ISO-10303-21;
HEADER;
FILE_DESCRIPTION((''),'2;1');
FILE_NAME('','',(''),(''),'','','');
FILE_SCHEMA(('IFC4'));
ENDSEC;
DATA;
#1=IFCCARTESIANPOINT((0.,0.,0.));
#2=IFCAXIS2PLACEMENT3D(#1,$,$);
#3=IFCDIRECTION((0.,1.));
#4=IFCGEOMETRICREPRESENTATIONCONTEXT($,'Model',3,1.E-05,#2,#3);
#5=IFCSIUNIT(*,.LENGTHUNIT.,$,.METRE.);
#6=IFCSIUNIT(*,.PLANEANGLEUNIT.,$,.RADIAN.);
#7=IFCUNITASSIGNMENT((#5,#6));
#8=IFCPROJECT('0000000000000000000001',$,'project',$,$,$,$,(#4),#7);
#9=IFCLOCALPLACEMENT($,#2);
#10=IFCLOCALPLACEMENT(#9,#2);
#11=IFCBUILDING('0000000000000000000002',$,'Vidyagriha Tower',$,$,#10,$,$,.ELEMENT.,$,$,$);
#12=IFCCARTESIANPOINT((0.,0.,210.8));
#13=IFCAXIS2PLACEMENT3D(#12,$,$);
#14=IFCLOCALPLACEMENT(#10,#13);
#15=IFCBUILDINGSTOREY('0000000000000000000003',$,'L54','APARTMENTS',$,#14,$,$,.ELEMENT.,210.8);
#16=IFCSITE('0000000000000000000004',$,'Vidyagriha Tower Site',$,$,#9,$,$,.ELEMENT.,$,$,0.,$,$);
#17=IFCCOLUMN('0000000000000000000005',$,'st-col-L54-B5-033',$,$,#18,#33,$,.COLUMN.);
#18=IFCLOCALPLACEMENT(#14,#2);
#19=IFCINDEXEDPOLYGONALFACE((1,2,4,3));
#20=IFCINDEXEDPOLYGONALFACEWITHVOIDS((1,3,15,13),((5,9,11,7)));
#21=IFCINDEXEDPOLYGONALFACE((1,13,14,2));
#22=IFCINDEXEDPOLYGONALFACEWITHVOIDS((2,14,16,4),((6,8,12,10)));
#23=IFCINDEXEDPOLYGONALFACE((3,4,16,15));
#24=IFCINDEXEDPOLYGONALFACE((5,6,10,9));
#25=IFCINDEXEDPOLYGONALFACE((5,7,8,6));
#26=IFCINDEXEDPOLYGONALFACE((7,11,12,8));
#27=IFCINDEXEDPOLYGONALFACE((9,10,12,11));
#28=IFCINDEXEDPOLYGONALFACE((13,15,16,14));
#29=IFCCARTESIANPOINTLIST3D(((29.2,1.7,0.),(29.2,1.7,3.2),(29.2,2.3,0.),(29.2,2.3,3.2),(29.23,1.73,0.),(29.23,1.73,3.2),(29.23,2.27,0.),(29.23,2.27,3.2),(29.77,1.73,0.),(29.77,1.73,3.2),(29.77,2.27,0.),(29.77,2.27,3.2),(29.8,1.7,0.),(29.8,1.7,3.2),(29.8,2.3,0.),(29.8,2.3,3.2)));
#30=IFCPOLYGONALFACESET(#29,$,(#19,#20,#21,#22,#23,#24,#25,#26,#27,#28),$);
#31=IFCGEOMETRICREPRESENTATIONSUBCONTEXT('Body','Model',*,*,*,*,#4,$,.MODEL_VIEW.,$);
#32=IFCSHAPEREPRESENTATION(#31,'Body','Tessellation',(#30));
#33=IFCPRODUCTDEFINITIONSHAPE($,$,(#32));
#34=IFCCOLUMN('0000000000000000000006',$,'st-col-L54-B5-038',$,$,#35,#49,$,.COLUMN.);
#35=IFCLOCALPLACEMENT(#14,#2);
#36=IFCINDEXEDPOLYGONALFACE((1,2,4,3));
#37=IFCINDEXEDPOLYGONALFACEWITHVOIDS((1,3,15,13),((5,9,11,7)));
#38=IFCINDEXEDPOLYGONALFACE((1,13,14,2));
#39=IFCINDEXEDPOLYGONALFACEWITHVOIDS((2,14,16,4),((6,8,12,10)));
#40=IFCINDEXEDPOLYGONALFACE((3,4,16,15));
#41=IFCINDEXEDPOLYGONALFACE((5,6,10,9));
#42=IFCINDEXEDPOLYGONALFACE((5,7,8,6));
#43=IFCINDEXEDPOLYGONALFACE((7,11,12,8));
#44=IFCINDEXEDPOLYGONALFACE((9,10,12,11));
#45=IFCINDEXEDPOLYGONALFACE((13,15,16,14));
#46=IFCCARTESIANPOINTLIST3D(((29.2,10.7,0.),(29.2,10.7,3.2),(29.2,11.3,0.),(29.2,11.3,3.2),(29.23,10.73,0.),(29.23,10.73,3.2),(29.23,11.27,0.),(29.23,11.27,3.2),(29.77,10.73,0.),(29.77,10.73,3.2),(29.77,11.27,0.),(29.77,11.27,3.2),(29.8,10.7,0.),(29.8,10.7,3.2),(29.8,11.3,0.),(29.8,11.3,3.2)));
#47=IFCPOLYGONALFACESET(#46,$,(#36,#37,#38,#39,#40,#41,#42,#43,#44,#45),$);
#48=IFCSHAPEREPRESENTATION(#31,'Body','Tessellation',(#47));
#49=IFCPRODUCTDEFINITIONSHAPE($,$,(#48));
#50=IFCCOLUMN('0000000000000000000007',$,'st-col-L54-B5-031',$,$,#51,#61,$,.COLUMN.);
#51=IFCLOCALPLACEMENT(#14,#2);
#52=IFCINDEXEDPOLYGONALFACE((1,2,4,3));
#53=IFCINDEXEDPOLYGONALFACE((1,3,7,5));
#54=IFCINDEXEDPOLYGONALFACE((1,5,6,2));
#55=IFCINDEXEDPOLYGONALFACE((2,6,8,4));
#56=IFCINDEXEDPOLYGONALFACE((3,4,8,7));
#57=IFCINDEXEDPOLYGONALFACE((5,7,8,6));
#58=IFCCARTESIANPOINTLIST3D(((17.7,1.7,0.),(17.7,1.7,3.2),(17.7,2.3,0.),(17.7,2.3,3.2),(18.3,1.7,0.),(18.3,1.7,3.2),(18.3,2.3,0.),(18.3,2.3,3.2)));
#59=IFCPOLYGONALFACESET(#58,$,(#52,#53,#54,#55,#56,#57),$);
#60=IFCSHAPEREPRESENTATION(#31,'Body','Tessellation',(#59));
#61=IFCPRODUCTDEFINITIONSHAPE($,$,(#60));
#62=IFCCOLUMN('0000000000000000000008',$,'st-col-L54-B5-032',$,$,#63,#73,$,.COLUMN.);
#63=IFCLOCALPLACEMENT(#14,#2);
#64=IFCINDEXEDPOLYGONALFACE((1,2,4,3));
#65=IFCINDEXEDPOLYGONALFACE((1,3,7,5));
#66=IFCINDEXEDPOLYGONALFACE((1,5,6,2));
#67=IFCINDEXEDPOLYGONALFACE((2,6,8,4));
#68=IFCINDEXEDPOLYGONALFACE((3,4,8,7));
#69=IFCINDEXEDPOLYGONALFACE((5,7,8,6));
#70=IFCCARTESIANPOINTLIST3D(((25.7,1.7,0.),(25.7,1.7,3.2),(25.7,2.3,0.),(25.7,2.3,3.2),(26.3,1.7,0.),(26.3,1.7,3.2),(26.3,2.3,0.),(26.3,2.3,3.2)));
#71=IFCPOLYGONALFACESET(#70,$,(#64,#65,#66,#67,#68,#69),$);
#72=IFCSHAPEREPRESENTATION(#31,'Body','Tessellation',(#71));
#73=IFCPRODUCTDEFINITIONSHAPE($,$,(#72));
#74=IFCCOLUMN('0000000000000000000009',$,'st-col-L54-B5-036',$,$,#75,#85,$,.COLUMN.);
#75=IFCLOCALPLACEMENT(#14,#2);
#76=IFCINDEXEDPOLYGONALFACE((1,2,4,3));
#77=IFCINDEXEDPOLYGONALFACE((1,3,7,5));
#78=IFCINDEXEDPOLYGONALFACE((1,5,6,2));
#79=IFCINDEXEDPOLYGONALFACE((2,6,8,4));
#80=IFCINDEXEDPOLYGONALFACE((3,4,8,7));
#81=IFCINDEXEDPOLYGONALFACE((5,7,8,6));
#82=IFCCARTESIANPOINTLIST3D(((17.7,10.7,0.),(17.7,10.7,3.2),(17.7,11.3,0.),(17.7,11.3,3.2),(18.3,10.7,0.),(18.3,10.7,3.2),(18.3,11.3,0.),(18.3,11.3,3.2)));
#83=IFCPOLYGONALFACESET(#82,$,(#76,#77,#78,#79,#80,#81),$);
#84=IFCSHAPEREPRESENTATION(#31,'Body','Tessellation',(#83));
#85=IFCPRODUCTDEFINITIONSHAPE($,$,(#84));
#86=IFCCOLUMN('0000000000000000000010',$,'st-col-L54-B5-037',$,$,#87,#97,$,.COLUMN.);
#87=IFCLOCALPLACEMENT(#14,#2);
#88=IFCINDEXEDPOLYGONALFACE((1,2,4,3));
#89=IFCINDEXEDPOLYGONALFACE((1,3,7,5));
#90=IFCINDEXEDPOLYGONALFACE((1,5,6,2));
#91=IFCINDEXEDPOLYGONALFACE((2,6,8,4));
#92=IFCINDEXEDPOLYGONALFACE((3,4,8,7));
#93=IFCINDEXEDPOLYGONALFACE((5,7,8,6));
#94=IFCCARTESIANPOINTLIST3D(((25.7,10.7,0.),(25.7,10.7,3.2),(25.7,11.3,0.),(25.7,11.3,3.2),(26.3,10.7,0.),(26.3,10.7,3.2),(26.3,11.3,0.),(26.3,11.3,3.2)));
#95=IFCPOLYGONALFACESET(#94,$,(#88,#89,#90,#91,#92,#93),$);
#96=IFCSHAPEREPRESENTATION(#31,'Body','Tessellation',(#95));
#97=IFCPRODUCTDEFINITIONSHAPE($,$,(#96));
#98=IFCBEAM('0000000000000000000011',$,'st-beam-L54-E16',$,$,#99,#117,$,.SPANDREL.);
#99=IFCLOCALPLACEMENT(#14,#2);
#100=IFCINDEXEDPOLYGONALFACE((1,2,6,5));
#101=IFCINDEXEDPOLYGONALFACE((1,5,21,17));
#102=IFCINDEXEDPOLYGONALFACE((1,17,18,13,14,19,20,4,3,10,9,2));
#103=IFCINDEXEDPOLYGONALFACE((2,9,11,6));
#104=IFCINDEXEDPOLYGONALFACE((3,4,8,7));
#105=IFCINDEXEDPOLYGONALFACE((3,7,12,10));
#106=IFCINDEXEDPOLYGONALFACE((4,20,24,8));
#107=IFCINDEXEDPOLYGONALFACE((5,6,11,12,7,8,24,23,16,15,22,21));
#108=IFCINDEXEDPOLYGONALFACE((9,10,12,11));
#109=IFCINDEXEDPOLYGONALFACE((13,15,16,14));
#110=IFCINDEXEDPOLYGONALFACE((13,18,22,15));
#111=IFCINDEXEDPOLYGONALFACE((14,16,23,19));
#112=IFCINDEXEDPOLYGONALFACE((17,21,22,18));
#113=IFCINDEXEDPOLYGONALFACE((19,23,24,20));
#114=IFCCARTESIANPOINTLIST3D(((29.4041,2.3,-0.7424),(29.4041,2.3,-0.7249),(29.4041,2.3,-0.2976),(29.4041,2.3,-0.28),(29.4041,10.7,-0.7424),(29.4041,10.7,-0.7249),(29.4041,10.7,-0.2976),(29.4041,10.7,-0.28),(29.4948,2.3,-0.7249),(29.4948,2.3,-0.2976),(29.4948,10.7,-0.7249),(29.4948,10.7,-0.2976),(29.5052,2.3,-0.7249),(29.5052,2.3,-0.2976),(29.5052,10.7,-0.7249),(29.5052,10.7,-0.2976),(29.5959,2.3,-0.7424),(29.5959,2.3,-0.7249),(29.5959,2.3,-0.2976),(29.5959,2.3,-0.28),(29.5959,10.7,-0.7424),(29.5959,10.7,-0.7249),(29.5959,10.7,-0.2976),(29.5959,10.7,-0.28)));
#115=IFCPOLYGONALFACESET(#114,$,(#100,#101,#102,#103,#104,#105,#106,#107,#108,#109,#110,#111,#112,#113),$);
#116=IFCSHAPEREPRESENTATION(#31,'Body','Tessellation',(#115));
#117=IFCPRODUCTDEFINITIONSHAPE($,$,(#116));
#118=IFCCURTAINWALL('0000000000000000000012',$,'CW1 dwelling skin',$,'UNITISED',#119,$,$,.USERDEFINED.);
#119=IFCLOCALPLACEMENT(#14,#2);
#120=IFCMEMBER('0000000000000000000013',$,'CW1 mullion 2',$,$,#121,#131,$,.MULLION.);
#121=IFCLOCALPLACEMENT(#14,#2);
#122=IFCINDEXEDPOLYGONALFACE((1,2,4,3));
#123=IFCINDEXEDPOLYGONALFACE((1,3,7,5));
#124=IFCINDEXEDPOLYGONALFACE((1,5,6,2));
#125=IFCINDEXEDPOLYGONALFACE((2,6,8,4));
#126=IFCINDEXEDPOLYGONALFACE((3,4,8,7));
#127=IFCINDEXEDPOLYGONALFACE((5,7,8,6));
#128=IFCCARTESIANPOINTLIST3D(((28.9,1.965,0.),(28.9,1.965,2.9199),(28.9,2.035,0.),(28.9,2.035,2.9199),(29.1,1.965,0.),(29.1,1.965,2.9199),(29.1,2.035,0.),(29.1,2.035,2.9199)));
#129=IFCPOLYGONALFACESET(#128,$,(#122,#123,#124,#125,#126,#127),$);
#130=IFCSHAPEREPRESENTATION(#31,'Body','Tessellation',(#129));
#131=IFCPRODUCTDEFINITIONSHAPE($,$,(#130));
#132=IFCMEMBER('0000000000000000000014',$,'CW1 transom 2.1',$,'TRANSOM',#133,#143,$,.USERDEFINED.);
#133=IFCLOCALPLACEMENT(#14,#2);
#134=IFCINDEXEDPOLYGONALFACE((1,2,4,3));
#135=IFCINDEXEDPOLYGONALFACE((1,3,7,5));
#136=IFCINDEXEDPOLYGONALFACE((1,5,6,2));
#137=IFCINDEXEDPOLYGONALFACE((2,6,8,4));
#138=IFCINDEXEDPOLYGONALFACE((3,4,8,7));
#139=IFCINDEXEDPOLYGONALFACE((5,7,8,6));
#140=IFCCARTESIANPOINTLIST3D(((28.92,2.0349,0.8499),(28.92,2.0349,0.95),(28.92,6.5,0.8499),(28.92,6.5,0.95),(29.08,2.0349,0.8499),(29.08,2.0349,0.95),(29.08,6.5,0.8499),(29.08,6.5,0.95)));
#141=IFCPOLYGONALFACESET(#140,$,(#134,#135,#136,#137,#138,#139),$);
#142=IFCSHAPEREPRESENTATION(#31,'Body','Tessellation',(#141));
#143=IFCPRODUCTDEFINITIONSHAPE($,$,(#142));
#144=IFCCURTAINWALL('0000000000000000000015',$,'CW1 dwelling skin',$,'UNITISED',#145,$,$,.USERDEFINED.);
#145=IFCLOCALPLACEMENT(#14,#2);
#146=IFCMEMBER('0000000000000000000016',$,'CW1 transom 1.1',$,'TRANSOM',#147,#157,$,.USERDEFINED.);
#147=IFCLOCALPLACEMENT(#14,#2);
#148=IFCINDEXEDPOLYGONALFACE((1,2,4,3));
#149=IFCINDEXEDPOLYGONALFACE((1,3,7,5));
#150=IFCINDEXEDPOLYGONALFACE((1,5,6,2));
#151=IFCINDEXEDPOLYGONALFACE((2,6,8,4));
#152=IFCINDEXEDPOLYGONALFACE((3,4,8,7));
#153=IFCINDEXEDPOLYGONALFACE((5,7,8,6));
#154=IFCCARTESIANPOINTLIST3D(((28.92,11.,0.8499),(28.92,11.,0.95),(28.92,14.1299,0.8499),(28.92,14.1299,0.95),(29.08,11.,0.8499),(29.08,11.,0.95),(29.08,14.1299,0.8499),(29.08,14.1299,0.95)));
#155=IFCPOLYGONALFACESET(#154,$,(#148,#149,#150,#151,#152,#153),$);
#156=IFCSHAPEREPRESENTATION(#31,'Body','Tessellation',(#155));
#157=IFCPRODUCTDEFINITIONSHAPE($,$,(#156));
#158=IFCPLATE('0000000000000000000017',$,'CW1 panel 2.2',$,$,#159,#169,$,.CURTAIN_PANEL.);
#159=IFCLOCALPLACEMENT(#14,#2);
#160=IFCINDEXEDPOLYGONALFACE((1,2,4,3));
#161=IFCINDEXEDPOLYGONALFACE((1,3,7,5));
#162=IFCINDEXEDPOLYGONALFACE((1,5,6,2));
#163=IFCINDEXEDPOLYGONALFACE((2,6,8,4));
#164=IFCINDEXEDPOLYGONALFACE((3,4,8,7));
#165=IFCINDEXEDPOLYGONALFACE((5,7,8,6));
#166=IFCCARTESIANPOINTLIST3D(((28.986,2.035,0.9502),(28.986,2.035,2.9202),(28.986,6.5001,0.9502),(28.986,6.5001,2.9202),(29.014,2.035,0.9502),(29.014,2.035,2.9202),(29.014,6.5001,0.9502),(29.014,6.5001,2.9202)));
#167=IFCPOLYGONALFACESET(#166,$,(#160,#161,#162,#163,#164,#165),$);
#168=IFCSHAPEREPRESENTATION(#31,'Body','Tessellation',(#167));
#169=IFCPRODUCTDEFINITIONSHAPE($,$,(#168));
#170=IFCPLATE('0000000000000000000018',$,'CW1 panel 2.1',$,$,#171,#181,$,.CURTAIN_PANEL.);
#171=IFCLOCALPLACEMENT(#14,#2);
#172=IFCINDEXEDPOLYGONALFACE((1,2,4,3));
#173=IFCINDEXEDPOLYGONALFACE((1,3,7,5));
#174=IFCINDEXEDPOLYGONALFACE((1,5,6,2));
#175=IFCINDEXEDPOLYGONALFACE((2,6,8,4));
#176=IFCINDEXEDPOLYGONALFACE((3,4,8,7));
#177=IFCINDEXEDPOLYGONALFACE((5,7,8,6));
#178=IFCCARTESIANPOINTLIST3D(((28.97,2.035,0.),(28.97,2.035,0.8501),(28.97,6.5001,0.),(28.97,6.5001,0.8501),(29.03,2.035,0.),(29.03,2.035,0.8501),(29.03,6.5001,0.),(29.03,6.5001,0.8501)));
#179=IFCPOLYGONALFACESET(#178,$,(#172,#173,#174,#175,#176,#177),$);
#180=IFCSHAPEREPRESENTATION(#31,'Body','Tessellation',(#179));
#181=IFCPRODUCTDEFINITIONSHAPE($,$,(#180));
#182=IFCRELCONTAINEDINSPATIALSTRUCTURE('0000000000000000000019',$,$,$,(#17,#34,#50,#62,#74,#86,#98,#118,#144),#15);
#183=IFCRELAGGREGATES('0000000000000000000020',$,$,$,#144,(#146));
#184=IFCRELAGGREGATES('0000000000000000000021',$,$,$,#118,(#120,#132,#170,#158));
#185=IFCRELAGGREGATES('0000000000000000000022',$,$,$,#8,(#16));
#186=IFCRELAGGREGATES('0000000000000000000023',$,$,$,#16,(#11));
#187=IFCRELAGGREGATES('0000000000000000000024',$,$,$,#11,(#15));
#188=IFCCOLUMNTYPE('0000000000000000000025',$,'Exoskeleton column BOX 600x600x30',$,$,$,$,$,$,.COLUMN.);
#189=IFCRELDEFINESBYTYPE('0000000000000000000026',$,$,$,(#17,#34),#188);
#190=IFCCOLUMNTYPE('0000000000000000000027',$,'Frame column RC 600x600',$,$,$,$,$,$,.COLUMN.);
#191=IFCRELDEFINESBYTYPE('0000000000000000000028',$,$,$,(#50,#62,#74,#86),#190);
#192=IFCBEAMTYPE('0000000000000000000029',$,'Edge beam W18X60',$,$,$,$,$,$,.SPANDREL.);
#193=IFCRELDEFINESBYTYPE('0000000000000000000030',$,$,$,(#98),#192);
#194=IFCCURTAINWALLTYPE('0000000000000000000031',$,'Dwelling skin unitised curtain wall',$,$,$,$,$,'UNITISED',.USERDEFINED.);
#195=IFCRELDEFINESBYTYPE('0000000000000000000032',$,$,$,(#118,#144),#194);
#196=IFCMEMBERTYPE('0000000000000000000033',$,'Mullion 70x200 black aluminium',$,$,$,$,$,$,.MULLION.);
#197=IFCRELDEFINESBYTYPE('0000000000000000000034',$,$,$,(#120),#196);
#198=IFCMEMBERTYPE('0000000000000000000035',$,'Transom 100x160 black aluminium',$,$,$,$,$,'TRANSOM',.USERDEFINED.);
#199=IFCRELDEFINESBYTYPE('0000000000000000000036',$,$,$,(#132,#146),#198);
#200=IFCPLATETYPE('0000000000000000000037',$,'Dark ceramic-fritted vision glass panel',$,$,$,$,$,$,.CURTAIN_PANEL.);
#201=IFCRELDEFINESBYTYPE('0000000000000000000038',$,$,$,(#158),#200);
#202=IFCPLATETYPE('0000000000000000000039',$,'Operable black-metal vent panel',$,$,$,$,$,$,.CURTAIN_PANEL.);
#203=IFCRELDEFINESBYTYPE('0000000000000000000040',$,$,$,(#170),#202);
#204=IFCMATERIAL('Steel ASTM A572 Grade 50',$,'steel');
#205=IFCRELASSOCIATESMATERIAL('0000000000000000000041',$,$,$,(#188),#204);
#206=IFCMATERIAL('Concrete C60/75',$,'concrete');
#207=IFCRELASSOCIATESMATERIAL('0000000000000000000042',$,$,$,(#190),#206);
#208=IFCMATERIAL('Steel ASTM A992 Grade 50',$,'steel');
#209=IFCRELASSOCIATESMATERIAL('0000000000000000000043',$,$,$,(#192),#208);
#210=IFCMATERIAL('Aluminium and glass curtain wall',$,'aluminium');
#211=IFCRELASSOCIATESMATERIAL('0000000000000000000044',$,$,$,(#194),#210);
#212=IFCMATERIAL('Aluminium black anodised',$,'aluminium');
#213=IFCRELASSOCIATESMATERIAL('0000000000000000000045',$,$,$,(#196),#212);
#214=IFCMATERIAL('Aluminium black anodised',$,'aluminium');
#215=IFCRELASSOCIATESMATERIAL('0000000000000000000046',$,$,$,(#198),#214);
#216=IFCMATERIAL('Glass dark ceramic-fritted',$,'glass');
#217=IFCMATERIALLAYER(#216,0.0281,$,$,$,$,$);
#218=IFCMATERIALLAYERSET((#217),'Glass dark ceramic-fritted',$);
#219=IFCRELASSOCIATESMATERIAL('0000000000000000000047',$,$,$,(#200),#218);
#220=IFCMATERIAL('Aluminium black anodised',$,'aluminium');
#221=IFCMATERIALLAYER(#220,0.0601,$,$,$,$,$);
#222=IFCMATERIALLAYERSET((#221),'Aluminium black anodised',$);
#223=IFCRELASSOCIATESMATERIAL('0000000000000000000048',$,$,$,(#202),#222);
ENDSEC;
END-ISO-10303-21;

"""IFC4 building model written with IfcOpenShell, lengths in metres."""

from ifc_helpers import new_model, si_unit, direction, frame, origin, origin_2d, place, context, subcontext, project, spatial, rectangle, hollow_rectangle, i_section, extrude, material, layer, layer_set, material_profile, profile_set, type_object, element, aggregate, save


model = new_model("IFC4")

# Units and contexts
model_context = context("Model", 3, precision=1e-05, world=origin(), true_north=direction((0.0, 1.0)))
body_context = subcontext(model_context, "Body", "Model", "MODEL_VIEW")
ifc_project = project(units=[si_unit("LENGTHUNIT", "METRE"), si_unit("PLANEANGLEUNIT", "RADIAN")], contexts=[model_context])

# Site, building, storey
site_placement = place(None, origin())
site = spatial("IfcSite", under=ifc_project, at=site_placement, Name="Vidyagriha Tower Site", CompositionType="ELEMENT", RefElevation=0.0)
building_placement = place(site_placement, origin())
building = spatial("IfcBuilding", under=site, at=building_placement, Name="Vidyagriha Tower", CompositionType="ELEMENT")
storey_placement = place(building_placement, frame((0.0, 0.0, 210.8)))
storey = spatial("IfcBuildingStorey", under=building, at=storey_placement, Name="L54", Description="APARTMENTS", CompositionType="ELEMENT", Elevation=210.8)

# Columns
ifc_material_1 = material(Name="Steel ASTM A572 Grade 50", Category="steel")
ifc_material_profile_1 = material_profile(ifc_material_1, hollow_rectangle(XDim=0.6001, YDim=0.6001, WallThickness=0.03, at=origin_2d()), Name="BOX 600x600x30")
ifc_profile_set_1 = profile_set([ifc_material_profile_1], Name="Steel ASTM A572 Grade 50")
column_type_1 = type_object("IfcColumnType", Name="Exoskeleton column BOX 600x600x30", PredefinedType="COLUMN", material=ifc_profile_set_1)
for number, where, name in (
    (1, (29.5, 2.0, 0.0), "st-col-L54-B5-033"),
    (2, (29.5, 11.0, 0.0), "st-col-L54-B5-038"),
):
    element("IfcColumn", number, at=place(storey_placement, frame(where)), inside=storey, type_object=column_type_1, Name=name, PredefinedType="COLUMN", context=body_context, shape_type="SweptSolid", body=[
        extrude(hollow_rectangle(XDim=0.6001, YDim=0.6001, WallThickness=0.03, at=origin_2d()), origin(), (0.0, 0.0, 1.0), 3.2),
    ])
ifc_material_2 = material(Name="Concrete C60/75", Category="concrete")
ifc_material_profile_2 = material_profile(ifc_material_2, rectangle(XDim=0.6001, YDim=0.6001, at=origin_2d()), Name="RC 600x600")
ifc_profile_set_2 = profile_set([ifc_material_profile_2], Name="Concrete C60/75")
column_type_2 = type_object("IfcColumnType", Name="Frame column RC 600x600", PredefinedType="COLUMN", material=ifc_profile_set_2)
for number, where, name in (
    (3, (18.0, 2.0, 0.0), "st-col-L54-B5-031"),
    (4, (26.0, 2.0, 0.0), "st-col-L54-B5-032"),
    (5, (18.0, 11.0, 0.0), "st-col-L54-B5-036"),
    (6, (26.0, 11.0, 0.0), "st-col-L54-B5-037"),
):
    element("IfcColumn", number, at=place(storey_placement, frame(where)), inside=storey, type_object=column_type_2, Name=name, PredefinedType="COLUMN", context=body_context, shape_type="SweptSolid", body=[
        extrude(rectangle(XDim=0.6001, YDim=0.6001, at=origin_2d()), origin(), (0.0, 0.0, 1.0), 3.2),
    ])

# Beam
ifc_material_3 = material(Name="Steel ASTM A992 Grade 50", Category="steel")
ifc_material_profile_3 = material_profile(ifc_material_3, i_section(OverallWidth=0.1919, OverallDepth=0.4624, WebThickness=0.0105, FlangeThickness=0.0176, at=origin_2d()), Name="W18X60")
ifc_profile_set_3 = profile_set([ifc_material_profile_3], Name="Steel ASTM A992 Grade 50")
beam_type = type_object("IfcBeamType", Name="Edge beam W18X60", PredefinedType="SPANDREL", material=ifc_profile_set_3)
beam_placement = place(storey_placement, frame((29.5, 2.3, -0.5112), z_axis=(0.0, 1.0, 0.0), x_axis=(-1.0, 0.0, 0.0)))
element("IfcBeam", 7, at=beam_placement, inside=storey, type_object=beam_type, Name="st-beam-L54-E16", PredefinedType="SPANDREL", context=body_context, shape_type="SweptSolid", body=[
    extrude(i_section(OverallWidth=0.1919, OverallDepth=0.4624, WebThickness=0.0105, FlangeThickness=0.0176, at=origin_2d()), origin(), (0.0, 0.0, 1.0), 8.3999),
])

# Curtain wall, members
ifc_material_4 = material(Name="Aluminium and glass curtain wall", Category="aluminium")
curtain_wall_type = type_object("IfcCurtainWallType", Name="Dwelling skin unitised curtain wall", ElementType="UNITISED", PredefinedType="USERDEFINED", material=ifc_material_4)
curtain_wall_1_placement = place(storey_placement, origin())
curtain_wall_1 = element("IfcCurtainWall", 8, at=curtain_wall_1_placement, inside=storey, type_object=curtain_wall_type, Name="CW1 dwelling skin", ObjectType="UNITISED", PredefinedType="USERDEFINED")
ifc_material_5 = material(Name="Aluminium black anodised", Category="aluminium")
ifc_material_profile_4 = material_profile(ifc_material_5, rectangle(XDim=0.2, YDim=0.0701, at=origin_2d()), Name="Mullion 70x200 black aluminium")
ifc_profile_set_4 = profile_set([ifc_material_profile_4], Name="Aluminium black anodised")
member_type_1 = type_object("IfcMemberType", Name="Mullion 70x200 black aluminium", PredefinedType="MULLION", material=ifc_profile_set_4)
member_1_placement = place(storey_placement, frame((29.0, 2.0, 0.0), z_axis=(0.0, 0.0, 1.0), x_axis=(-1.0, 0.0, 0.0)))
member_1 = element("IfcMember", 9, at=member_1_placement, type_object=member_type_1, Name="CW1 mullion 2", PredefinedType="MULLION", context=body_context, shape_type="SweptSolid", body=[
    extrude(rectangle(XDim=0.2, YDim=0.0701, at=origin_2d()), origin(), (0.0, 0.0, 1.0), 2.9199),
])
ifc_material_6 = material(Name="Aluminium black anodised", Category="aluminium")
ifc_material_profile_5 = material_profile(ifc_material_6, rectangle(XDim=0.1599, YDim=0.1001, at=origin_2d()), Name="Transom 100x160 black aluminium")
ifc_profile_set_5 = profile_set([ifc_material_profile_5], Name="Aluminium black anodised")
member_type_2 = type_object("IfcMemberType", Name="Transom 100x160 black aluminium", ElementType="TRANSOM", PredefinedType="USERDEFINED", material=ifc_profile_set_5)
member_2_placement = place(storey_placement, frame((29.0, 2.0349, 0.8999), z_axis=(0.0, 1.0, 0.0), x_axis=(-1.0, 0.0, 0.0)))
member_2 = element("IfcMember", 10, at=member_2_placement, type_object=member_type_2, Name="CW1 transom 2.1", ObjectType="TRANSOM", PredefinedType="USERDEFINED", context=body_context, shape_type="SweptSolid", body=[
    extrude(rectangle(XDim=0.1599, YDim=0.1001, at=origin_2d()), origin(), (0.0, 0.0, 1.0), 4.4651),
])

# Curtain wall, member
curtain_wall_2_placement = place(storey_placement, origin())
curtain_wall_2 = element("IfcCurtainWall", 11, at=curtain_wall_2_placement, inside=storey, type_object=curtain_wall_type, Name="CW1 dwelling skin", ObjectType="UNITISED", PredefinedType="USERDEFINED")
member_3_placement = place(storey_placement, frame((29.0, 11.0, 0.8999), z_axis=(0.0, 1.0, 0.0), x_axis=(-1.0, 0.0, 0.0)))
member_3 = element("IfcMember", 12, at=member_3_placement, type_object=member_type_2, Name="CW1 transom 1.1", ObjectType="TRANSOM", PredefinedType="USERDEFINED", context=body_context, shape_type="SweptSolid", body=[
    extrude(rectangle(XDim=0.1599, YDim=0.1001, at=origin_2d()), origin(), (0.0, 0.0, 1.0), 3.1299),
])
aggregate(curtain_wall_2, [member_3])

# Plates
ifc_material_7 = material(Name="Glass dark ceramic-fritted", Category="glass")
ifc_layer_1 = layer(ifc_material_7, 0.0281)
ifc_layer_set_1 = layer_set([ifc_layer_1], Name="Glass dark ceramic-fritted")
plate_type_1 = type_object("IfcPlateType", Name="Dark ceramic-fritted vision glass panel", PredefinedType="CURTAIN_PANEL", material=ifc_layer_set_1)
plate_1_placement = place(storey_placement, frame((29.0, 4.2676, 0.9502), z_axis=(0.0, 0.0, 1.0), x_axis=(0.0, 1.0, 0.0)))
plate_1 = element("IfcPlate", 13, at=plate_1_placement, type_object=plate_type_1, Name="CW1 panel 2.2", PredefinedType="CURTAIN_PANEL", context=body_context, shape_type="SweptSolid", body=[
    extrude(rectangle(XDim=4.4651, YDim=0.0281, at=origin_2d()), origin(), (0.0, 0.0, 1.0), 1.97),
])
ifc_material_8 = material(Name="Aluminium black anodised", Category="aluminium")
ifc_layer_2 = layer(ifc_material_8, 0.0601)
ifc_layer_set_2 = layer_set([ifc_layer_2], Name="Aluminium black anodised")
plate_type_2 = type_object("IfcPlateType", Name="Operable black-metal vent panel", PredefinedType="CURTAIN_PANEL", material=ifc_layer_set_2)
plate_2_placement = place(storey_placement, frame((29.0, 4.2676, 0.0), z_axis=(0.0, 0.0, 1.0), x_axis=(0.0, 1.0, 0.0)))
plate_2 = element("IfcPlate", 14, at=plate_2_placement, type_object=plate_type_2, Name="CW1 panel 2.1", PredefinedType="CURTAIN_PANEL", context=body_context, shape_type="SweptSolid", body=[
    extrude(rectangle(XDim=4.4651, YDim=0.0601, at=origin_2d()), origin(), (0.0, 0.0, 1.0), 0.8501),
])
aggregate(curtain_wall_1, [member_1, member_2, plate_2, plate_1])

save(model, "model.ifc")
